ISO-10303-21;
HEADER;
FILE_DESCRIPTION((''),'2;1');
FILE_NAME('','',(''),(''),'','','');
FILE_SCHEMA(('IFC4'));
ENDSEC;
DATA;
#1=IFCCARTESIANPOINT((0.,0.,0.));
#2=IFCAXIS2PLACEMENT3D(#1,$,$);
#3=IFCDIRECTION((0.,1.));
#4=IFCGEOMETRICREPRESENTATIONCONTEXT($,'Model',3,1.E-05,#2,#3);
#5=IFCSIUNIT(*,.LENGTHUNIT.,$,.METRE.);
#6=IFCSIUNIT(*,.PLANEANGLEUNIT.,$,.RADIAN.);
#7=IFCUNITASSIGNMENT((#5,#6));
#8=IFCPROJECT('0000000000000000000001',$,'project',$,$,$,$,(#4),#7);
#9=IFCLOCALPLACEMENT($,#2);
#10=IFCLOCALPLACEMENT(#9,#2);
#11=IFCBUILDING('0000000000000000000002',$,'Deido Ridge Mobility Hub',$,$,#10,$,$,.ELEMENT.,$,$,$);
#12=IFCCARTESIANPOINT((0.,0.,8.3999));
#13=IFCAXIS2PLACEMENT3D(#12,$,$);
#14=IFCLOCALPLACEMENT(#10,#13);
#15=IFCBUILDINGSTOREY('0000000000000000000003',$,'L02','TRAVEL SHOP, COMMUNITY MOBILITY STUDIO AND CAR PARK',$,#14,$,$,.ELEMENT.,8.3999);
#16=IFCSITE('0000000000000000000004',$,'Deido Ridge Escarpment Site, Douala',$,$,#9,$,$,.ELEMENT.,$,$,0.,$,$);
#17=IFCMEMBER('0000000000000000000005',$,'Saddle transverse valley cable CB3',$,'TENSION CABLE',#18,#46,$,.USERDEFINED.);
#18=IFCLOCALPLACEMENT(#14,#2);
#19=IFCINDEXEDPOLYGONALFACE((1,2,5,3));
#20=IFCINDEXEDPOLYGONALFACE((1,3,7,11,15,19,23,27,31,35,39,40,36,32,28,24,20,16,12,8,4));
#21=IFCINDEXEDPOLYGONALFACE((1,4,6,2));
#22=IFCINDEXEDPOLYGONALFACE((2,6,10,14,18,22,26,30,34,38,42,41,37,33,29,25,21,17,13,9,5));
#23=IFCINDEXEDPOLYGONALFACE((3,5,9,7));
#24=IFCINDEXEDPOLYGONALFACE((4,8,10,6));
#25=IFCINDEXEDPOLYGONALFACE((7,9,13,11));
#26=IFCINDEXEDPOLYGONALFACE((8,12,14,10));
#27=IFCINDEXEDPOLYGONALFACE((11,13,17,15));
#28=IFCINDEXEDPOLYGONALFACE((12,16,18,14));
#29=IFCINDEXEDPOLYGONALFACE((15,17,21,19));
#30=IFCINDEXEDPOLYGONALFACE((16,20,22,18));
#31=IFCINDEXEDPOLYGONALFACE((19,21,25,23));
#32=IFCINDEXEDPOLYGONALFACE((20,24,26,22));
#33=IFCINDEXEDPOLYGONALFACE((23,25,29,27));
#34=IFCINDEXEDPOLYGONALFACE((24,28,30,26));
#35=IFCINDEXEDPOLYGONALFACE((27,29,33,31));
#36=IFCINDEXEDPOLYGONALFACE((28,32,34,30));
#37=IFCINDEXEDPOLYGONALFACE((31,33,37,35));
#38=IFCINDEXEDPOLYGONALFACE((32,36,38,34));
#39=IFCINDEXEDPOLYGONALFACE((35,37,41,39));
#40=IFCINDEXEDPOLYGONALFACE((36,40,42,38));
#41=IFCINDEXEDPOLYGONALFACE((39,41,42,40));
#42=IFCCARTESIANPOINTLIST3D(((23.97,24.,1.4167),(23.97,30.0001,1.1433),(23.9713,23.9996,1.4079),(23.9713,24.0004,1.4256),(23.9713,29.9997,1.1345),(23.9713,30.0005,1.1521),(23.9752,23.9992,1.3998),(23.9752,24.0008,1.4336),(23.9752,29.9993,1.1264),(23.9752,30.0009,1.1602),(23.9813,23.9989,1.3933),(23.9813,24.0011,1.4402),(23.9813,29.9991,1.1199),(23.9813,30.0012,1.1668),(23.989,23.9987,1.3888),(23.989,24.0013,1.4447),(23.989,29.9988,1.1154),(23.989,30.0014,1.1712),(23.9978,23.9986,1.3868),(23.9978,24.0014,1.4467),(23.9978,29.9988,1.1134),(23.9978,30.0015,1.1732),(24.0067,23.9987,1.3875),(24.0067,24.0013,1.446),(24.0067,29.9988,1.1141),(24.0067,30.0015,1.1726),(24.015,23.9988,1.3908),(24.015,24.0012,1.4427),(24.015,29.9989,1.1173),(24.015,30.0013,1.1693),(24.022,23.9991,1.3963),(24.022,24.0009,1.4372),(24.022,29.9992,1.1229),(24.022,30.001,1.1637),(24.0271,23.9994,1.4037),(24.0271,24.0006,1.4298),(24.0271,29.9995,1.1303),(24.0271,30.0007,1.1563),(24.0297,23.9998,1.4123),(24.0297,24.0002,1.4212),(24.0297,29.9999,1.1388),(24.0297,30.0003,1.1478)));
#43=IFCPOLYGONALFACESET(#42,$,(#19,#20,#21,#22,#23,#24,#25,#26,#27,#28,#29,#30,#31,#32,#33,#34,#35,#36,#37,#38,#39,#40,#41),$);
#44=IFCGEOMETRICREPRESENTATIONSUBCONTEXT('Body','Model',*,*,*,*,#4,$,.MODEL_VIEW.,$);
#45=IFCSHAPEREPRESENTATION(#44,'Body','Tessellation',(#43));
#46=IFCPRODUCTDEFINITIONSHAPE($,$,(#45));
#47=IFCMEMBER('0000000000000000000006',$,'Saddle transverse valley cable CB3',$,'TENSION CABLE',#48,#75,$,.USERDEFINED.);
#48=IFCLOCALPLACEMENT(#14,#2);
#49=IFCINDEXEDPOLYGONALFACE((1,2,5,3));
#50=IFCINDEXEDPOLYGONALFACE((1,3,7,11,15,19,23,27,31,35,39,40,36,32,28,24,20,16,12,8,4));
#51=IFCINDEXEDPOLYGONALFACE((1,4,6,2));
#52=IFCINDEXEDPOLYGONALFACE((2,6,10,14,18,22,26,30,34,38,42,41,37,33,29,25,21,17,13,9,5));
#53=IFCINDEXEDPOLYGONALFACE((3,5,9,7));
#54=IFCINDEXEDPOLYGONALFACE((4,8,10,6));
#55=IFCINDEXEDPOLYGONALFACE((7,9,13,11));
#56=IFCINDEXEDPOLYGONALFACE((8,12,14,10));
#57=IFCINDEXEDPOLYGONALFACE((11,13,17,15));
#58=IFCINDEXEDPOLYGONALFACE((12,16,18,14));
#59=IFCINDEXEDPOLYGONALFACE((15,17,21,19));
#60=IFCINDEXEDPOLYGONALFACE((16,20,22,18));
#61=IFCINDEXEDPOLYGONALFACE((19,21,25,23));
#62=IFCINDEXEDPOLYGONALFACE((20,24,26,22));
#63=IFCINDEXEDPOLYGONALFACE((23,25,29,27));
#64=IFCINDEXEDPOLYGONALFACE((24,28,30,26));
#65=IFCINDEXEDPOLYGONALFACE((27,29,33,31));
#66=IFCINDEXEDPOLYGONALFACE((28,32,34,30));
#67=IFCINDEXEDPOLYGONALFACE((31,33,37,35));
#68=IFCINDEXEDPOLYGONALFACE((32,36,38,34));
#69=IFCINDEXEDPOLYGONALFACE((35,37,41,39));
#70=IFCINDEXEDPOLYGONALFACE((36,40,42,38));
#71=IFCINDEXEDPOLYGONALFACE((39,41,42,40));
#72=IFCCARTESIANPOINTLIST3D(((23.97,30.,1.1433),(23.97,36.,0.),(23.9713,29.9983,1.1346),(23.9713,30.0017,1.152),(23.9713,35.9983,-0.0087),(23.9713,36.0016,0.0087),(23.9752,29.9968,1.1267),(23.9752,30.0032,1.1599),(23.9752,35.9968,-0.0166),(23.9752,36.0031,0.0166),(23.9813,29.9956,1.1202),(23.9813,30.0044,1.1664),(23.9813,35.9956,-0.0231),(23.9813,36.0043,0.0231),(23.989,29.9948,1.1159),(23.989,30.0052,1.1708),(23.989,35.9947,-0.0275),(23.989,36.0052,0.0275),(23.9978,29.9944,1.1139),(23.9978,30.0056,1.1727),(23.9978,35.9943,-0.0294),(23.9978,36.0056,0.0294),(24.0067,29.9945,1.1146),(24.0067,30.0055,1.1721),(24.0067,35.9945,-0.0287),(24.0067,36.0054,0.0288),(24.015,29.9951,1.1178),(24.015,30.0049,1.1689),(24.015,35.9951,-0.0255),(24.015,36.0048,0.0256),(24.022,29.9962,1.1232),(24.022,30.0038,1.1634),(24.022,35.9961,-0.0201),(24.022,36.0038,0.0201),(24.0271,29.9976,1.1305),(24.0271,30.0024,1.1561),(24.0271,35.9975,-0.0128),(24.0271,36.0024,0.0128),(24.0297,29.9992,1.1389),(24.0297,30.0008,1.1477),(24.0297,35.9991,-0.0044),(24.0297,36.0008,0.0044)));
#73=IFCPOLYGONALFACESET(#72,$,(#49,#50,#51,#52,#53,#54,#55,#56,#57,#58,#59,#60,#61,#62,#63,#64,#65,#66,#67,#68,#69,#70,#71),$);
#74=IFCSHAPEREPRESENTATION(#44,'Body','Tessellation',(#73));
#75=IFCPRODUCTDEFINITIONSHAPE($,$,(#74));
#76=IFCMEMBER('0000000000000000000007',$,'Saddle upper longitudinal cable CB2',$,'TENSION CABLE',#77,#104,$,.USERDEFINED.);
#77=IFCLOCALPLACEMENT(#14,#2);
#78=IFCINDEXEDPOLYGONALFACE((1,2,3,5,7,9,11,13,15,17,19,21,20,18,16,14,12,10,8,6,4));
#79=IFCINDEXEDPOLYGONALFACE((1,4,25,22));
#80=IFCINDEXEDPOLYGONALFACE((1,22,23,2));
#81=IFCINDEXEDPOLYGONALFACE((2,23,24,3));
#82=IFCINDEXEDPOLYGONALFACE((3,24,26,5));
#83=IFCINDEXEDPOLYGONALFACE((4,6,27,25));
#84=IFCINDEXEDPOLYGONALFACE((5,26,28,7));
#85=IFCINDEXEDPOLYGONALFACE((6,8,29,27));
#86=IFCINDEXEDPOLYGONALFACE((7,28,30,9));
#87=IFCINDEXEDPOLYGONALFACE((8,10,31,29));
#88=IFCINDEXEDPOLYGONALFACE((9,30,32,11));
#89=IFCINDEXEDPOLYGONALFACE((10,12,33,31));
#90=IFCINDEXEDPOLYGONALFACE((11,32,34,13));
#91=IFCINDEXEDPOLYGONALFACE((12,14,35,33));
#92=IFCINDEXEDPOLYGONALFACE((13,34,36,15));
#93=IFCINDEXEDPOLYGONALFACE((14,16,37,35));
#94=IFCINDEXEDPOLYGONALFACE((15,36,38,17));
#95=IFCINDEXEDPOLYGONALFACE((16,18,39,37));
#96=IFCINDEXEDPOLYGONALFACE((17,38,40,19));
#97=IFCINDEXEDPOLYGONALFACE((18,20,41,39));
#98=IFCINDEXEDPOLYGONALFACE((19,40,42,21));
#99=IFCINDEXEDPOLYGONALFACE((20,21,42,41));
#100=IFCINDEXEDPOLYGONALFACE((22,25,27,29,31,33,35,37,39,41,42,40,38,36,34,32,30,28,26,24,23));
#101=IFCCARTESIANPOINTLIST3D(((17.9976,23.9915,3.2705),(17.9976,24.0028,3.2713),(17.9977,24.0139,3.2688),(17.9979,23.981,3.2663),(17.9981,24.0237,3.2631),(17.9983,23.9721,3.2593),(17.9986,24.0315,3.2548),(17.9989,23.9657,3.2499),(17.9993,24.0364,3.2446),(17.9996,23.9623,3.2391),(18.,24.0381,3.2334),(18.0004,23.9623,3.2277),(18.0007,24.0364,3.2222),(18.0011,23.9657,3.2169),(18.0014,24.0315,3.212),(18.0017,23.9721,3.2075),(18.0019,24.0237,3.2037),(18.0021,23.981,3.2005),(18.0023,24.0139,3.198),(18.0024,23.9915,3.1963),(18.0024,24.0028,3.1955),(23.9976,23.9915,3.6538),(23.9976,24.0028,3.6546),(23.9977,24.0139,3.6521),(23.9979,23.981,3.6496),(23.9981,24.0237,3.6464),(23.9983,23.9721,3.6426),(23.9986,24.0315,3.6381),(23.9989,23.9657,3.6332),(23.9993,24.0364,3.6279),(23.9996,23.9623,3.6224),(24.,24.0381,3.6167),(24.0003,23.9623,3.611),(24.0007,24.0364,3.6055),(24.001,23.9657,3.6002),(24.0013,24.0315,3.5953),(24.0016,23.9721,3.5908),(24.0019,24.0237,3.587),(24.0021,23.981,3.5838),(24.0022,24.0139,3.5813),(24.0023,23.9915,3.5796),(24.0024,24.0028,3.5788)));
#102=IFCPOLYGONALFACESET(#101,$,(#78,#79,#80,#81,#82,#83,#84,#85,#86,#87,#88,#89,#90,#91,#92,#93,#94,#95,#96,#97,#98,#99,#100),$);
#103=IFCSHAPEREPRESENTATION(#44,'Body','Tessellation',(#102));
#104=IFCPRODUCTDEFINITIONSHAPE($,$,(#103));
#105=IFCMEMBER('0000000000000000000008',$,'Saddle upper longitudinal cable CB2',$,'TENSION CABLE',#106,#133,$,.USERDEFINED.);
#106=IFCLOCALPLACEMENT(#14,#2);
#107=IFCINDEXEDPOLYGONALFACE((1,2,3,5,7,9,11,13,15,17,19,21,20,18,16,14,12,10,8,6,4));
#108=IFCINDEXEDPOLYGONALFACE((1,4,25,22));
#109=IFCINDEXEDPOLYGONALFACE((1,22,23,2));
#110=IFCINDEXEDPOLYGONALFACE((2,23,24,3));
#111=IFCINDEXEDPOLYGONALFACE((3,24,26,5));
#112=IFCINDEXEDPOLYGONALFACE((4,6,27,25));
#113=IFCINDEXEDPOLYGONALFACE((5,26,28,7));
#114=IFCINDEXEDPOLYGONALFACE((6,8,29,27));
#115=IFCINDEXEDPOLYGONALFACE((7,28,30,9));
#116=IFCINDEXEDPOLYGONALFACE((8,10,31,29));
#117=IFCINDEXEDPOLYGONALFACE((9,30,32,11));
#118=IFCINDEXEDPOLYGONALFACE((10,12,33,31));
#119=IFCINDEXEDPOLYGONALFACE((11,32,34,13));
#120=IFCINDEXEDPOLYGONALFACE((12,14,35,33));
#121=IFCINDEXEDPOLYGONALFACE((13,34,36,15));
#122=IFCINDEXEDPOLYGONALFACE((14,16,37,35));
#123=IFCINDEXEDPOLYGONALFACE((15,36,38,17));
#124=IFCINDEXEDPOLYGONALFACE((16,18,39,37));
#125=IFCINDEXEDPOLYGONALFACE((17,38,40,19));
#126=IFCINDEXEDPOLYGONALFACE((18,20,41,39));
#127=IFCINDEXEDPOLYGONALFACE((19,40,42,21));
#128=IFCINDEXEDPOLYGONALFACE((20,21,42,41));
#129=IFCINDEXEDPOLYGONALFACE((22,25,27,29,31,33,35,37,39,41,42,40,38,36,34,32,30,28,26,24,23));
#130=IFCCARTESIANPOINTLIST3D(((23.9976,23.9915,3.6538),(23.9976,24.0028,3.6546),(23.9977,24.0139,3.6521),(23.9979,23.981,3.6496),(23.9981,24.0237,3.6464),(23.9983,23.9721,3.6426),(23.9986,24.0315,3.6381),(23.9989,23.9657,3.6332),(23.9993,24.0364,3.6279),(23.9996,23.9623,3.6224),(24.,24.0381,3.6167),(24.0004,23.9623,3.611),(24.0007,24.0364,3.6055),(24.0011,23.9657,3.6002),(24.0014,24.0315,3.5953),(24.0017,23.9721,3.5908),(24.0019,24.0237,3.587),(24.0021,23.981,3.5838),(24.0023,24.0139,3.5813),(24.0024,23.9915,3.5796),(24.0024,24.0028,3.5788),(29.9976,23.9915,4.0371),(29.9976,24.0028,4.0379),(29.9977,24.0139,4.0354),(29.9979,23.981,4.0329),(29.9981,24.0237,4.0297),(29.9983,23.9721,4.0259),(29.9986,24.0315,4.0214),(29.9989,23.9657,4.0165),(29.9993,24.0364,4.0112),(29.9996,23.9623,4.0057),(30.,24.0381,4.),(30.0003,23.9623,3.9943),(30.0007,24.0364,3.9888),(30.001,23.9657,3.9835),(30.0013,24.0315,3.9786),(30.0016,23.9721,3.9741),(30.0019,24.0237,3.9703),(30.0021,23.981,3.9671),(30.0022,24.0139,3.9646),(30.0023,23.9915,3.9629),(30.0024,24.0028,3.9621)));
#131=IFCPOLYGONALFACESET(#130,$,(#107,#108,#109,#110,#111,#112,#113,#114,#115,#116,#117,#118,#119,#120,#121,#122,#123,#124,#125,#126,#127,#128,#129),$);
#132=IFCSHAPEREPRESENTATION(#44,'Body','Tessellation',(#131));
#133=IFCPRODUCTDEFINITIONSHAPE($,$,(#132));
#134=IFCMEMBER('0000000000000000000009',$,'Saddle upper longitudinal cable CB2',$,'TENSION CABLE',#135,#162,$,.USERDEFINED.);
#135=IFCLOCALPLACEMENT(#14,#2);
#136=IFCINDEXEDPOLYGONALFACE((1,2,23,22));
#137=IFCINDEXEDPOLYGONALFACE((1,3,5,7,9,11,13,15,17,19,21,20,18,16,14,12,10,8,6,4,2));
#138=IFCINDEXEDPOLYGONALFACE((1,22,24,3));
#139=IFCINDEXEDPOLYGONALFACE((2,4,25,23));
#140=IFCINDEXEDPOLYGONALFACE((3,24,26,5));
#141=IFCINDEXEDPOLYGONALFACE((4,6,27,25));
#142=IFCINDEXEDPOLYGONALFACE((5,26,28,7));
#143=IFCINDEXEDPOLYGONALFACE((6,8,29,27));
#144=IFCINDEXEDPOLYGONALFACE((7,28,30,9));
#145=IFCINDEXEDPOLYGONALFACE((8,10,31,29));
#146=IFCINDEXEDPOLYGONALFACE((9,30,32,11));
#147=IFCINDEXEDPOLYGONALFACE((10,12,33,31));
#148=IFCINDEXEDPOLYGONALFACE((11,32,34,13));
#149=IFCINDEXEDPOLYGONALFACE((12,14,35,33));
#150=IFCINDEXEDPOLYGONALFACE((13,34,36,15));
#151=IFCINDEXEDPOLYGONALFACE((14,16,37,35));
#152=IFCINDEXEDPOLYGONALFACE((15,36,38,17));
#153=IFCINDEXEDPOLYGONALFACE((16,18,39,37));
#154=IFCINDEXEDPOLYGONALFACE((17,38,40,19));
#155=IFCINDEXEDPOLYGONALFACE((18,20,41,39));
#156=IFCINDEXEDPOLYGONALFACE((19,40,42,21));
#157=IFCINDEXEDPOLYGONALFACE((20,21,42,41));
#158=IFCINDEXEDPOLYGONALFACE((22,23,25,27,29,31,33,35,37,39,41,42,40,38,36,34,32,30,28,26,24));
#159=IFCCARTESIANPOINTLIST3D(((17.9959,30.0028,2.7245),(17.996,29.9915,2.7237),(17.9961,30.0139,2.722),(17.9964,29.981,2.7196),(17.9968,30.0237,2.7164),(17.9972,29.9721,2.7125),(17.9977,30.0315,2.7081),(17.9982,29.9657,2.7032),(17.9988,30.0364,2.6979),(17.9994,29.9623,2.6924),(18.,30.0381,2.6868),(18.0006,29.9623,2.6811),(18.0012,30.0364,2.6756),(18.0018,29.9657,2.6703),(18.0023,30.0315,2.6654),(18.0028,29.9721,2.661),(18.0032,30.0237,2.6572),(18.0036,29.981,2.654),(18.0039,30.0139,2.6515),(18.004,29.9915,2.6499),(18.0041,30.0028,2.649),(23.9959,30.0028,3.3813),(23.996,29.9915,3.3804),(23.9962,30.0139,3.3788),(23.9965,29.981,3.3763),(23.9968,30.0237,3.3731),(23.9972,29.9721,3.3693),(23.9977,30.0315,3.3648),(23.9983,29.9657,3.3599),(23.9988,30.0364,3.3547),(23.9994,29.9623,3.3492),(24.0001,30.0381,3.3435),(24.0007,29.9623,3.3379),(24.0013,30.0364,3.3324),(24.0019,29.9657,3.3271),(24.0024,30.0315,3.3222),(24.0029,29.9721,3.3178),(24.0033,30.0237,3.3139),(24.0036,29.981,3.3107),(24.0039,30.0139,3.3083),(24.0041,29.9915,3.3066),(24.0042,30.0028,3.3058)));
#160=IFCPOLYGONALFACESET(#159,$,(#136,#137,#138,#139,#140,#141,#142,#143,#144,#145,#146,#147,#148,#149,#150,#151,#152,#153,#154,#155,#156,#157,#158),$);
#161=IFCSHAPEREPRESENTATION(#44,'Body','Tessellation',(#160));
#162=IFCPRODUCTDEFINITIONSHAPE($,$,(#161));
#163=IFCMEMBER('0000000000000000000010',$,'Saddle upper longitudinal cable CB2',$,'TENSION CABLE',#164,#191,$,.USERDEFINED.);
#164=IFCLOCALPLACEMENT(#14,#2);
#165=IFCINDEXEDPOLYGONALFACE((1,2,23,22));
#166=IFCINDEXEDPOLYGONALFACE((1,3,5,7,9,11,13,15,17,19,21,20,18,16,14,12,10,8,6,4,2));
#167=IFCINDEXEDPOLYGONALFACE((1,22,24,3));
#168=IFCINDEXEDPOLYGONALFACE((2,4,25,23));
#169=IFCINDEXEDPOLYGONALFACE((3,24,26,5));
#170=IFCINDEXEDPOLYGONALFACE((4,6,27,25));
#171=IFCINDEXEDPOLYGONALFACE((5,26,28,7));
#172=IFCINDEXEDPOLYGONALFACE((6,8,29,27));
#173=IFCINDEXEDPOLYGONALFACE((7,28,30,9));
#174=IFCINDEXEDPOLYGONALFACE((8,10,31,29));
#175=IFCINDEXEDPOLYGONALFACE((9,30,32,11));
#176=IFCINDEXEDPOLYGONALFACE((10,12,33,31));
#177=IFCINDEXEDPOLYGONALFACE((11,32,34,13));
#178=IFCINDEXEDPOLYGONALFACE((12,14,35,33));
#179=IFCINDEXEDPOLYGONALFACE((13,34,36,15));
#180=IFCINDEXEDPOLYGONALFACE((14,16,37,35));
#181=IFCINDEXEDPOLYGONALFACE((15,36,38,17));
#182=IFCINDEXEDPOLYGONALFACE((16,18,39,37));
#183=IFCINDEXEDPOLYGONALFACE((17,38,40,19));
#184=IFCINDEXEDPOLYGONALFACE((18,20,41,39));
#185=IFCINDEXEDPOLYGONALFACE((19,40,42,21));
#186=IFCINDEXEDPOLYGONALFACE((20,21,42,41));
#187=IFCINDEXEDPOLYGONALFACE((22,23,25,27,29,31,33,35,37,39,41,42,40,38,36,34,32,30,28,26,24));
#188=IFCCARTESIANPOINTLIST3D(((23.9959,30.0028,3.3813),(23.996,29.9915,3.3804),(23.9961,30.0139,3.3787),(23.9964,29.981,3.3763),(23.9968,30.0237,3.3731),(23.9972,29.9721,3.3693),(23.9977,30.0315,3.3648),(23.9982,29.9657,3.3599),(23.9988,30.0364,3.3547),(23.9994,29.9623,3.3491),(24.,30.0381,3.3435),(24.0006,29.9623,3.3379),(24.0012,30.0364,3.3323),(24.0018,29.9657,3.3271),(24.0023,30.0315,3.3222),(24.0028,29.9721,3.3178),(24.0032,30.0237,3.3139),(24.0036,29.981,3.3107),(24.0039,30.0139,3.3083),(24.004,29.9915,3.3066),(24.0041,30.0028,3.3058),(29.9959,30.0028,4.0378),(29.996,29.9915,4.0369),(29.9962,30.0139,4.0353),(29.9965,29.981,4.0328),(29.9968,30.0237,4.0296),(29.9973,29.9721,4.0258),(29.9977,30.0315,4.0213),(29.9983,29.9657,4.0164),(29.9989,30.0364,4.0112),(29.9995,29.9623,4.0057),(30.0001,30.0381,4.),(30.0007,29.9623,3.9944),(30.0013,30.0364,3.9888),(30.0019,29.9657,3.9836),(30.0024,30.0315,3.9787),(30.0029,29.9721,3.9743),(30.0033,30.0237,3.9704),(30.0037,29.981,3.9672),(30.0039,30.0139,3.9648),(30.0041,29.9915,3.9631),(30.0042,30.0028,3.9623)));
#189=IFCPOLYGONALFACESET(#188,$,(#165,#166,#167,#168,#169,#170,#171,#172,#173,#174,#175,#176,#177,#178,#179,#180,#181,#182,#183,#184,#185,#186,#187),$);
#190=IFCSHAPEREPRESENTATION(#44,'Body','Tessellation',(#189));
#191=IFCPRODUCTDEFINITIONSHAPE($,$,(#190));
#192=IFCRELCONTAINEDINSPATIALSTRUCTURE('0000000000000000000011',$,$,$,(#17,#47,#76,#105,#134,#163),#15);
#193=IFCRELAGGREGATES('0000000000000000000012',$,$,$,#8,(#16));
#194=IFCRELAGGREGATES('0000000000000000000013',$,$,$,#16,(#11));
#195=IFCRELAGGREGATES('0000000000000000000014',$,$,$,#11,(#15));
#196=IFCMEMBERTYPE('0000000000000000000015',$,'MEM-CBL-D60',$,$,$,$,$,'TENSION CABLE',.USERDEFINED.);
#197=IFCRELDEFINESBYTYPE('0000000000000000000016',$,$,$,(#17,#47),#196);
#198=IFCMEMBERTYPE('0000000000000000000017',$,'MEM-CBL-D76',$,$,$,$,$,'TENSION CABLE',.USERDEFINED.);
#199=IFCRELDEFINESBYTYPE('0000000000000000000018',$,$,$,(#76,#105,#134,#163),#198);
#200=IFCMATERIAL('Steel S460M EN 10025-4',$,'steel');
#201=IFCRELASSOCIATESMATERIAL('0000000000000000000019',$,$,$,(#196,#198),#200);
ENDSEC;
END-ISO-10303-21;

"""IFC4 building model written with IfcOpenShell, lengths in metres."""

from ifc_helpers import new_model, si_unit, direction, frame, origin, origin_2d, place, context, subcontext, project, spatial, circle, extrude, material, material_profile, profile_set, type_object, element, save


model = new_model("IFC4")

# Units and contexts
model_context = context("Model", 3, precision=1e-05, world=origin(), true_north=direction((0.0, 1.0)))
body_context = subcontext(model_context, "Body", "Model", "MODEL_VIEW")
ifc_project = project(units=[si_unit("LENGTHUNIT", "METRE"), si_unit("PLANEANGLEUNIT", "RADIAN")], contexts=[model_context])

# Site, building, storey
site_placement = place(None, origin())
site = spatial("IfcSite", under=ifc_project, at=site_placement, Name="Deido Ridge Escarpment Site, Douala", CompositionType="ELEMENT", RefElevation=0.0)
building_placement = place(site_placement, origin())
building = spatial("IfcBuilding", under=site, at=building_placement, Name="Deido Ridge Mobility Hub", CompositionType="ELEMENT")
storey_placement = place(building_placement, frame((0.0, 0.0, 8.3999)))
storey = spatial("IfcBuildingStorey", under=building, at=storey_placement, Name="L02", Description="TRAVEL SHOP, COMMUNITY MOBILITY STUDIO AND CAR PARK", CompositionType="ELEMENT", Elevation=8.3999)

# Members
ifc_material_1 = material(Name="Steel S460M EN 10025-4", Category="steel")
ifc_material_profile_1 = material_profile(ifc_material_1, circle(Radius=0.03, at=origin_2d()), Name="CABLE D60")
ifc_profile_set_1 = profile_set([ifc_material_profile_1], Name="Steel S460M EN 10025-4")
member_type_1 = type_object("IfcMemberType", Name="MEM-CBL-D60", ElementType="TENSION CABLE", PredefinedType="USERDEFINED", material=ifc_profile_set_1)
member_1_placement = place(storey_placement, frame((24.0, 24.0, 1.4167), z_axis=(0.0, 0.998963, -0.045526), x_axis=(-1.0, 0.0, 0.0)))
element("IfcMember", 1, at=member_1_placement, inside=storey, type_object=member_type_1, Name="Saddle transverse valley cable CB3", ObjectType="TENSION CABLE", PredefinedType="USERDEFINED", context=body_context, shape_type="SweptSolid", body=[
    extrude(circle(Radius=0.03, at=origin_2d()), origin(), (0.0, 0.0, 1.0), 6.0063),
])
member_2_placement = place(storey_placement, frame((24.0, 30.0, 1.1433), z_axis=(0.0, 0.982325, -0.187184), x_axis=(-1.0, 0.0, 0.0)))
element("IfcMember", 2, at=member_2_placement, inside=storey, type_object=member_type_1, Name="Saddle transverse valley cable CB3", ObjectType="TENSION CABLE", PredefinedType="USERDEFINED", context=body_context, shape_type="SweptSolid", body=[
    extrude(circle(Radius=0.03, at=origin_2d()), origin(), (0.0, 0.0, 1.0), 6.1079),
])
ifc_material_profile_2 = material_profile(ifc_material_1, circle(Radius=0.0381, at=origin_2d()), Name="CABLE D76")
ifc_profile_set_2 = profile_set([ifc_material_profile_2], Name="Steel S460M EN 10025-4")
member_type_2 = type_object("IfcMemberType", Name="MEM-CBL-D76", ElementType="TENSION CABLE", PredefinedType="USERDEFINED", material=ifc_profile_set_2)
for number, where, z_axis, x_axis, name in (
    (3, (18.0, 24.0, 3.2334), (0.997966, 0.0, 0.063754), (0.0, 1.0, 0.0), "Saddle upper longitudinal cable CB2"),
    (4, (24.0, 24.0, 3.6167), (0.997966, 0.0, 0.063754), (0.0, 1.0, 0.0), "Saddle upper longitudinal cable CB2"),
):
    element("IfcMember", number, at=place(storey_placement, frame(where, z_axis=z_axis, x_axis=x_axis)), inside=storey, type_object=member_type_2, Name=name, ObjectType="TENSION CABLE", PredefinedType="USERDEFINED", context=body_context, shape_type="SweptSolid", body=[
        extrude(circle(Radius=0.0381, at=origin_2d()), origin(), (0.0, 0.0, 1.0), 6.0122),
    ])
for number, where, z_axis, x_axis, name in (
    (5, (18.0, 30.0, 2.6868), (0.994063, 0.0, 0.108807), (0.0, 1.0, 0.0), "Saddle upper longitudinal cable CB2"),
    (6, (24.0, 30.0, 3.3435), (0.994067, 0.0, 0.108767), (0.0, 1.0, 0.0), "Saddle upper longitudinal cable CB2"),
):
    element("IfcMember", number, at=place(storey_placement, frame(where, z_axis=z_axis, x_axis=x_axis)), inside=storey, type_object=member_type_2, Name=name, ObjectType="TENSION CABLE", PredefinedType="USERDEFINED", context=body_context, shape_type="SweptSolid", body=[
        extrude(circle(Radius=0.0381, at=origin_2d()), origin(), (0.0, 0.0, 1.0), 6.0359),
    ])

save(model, "model.ifc")
